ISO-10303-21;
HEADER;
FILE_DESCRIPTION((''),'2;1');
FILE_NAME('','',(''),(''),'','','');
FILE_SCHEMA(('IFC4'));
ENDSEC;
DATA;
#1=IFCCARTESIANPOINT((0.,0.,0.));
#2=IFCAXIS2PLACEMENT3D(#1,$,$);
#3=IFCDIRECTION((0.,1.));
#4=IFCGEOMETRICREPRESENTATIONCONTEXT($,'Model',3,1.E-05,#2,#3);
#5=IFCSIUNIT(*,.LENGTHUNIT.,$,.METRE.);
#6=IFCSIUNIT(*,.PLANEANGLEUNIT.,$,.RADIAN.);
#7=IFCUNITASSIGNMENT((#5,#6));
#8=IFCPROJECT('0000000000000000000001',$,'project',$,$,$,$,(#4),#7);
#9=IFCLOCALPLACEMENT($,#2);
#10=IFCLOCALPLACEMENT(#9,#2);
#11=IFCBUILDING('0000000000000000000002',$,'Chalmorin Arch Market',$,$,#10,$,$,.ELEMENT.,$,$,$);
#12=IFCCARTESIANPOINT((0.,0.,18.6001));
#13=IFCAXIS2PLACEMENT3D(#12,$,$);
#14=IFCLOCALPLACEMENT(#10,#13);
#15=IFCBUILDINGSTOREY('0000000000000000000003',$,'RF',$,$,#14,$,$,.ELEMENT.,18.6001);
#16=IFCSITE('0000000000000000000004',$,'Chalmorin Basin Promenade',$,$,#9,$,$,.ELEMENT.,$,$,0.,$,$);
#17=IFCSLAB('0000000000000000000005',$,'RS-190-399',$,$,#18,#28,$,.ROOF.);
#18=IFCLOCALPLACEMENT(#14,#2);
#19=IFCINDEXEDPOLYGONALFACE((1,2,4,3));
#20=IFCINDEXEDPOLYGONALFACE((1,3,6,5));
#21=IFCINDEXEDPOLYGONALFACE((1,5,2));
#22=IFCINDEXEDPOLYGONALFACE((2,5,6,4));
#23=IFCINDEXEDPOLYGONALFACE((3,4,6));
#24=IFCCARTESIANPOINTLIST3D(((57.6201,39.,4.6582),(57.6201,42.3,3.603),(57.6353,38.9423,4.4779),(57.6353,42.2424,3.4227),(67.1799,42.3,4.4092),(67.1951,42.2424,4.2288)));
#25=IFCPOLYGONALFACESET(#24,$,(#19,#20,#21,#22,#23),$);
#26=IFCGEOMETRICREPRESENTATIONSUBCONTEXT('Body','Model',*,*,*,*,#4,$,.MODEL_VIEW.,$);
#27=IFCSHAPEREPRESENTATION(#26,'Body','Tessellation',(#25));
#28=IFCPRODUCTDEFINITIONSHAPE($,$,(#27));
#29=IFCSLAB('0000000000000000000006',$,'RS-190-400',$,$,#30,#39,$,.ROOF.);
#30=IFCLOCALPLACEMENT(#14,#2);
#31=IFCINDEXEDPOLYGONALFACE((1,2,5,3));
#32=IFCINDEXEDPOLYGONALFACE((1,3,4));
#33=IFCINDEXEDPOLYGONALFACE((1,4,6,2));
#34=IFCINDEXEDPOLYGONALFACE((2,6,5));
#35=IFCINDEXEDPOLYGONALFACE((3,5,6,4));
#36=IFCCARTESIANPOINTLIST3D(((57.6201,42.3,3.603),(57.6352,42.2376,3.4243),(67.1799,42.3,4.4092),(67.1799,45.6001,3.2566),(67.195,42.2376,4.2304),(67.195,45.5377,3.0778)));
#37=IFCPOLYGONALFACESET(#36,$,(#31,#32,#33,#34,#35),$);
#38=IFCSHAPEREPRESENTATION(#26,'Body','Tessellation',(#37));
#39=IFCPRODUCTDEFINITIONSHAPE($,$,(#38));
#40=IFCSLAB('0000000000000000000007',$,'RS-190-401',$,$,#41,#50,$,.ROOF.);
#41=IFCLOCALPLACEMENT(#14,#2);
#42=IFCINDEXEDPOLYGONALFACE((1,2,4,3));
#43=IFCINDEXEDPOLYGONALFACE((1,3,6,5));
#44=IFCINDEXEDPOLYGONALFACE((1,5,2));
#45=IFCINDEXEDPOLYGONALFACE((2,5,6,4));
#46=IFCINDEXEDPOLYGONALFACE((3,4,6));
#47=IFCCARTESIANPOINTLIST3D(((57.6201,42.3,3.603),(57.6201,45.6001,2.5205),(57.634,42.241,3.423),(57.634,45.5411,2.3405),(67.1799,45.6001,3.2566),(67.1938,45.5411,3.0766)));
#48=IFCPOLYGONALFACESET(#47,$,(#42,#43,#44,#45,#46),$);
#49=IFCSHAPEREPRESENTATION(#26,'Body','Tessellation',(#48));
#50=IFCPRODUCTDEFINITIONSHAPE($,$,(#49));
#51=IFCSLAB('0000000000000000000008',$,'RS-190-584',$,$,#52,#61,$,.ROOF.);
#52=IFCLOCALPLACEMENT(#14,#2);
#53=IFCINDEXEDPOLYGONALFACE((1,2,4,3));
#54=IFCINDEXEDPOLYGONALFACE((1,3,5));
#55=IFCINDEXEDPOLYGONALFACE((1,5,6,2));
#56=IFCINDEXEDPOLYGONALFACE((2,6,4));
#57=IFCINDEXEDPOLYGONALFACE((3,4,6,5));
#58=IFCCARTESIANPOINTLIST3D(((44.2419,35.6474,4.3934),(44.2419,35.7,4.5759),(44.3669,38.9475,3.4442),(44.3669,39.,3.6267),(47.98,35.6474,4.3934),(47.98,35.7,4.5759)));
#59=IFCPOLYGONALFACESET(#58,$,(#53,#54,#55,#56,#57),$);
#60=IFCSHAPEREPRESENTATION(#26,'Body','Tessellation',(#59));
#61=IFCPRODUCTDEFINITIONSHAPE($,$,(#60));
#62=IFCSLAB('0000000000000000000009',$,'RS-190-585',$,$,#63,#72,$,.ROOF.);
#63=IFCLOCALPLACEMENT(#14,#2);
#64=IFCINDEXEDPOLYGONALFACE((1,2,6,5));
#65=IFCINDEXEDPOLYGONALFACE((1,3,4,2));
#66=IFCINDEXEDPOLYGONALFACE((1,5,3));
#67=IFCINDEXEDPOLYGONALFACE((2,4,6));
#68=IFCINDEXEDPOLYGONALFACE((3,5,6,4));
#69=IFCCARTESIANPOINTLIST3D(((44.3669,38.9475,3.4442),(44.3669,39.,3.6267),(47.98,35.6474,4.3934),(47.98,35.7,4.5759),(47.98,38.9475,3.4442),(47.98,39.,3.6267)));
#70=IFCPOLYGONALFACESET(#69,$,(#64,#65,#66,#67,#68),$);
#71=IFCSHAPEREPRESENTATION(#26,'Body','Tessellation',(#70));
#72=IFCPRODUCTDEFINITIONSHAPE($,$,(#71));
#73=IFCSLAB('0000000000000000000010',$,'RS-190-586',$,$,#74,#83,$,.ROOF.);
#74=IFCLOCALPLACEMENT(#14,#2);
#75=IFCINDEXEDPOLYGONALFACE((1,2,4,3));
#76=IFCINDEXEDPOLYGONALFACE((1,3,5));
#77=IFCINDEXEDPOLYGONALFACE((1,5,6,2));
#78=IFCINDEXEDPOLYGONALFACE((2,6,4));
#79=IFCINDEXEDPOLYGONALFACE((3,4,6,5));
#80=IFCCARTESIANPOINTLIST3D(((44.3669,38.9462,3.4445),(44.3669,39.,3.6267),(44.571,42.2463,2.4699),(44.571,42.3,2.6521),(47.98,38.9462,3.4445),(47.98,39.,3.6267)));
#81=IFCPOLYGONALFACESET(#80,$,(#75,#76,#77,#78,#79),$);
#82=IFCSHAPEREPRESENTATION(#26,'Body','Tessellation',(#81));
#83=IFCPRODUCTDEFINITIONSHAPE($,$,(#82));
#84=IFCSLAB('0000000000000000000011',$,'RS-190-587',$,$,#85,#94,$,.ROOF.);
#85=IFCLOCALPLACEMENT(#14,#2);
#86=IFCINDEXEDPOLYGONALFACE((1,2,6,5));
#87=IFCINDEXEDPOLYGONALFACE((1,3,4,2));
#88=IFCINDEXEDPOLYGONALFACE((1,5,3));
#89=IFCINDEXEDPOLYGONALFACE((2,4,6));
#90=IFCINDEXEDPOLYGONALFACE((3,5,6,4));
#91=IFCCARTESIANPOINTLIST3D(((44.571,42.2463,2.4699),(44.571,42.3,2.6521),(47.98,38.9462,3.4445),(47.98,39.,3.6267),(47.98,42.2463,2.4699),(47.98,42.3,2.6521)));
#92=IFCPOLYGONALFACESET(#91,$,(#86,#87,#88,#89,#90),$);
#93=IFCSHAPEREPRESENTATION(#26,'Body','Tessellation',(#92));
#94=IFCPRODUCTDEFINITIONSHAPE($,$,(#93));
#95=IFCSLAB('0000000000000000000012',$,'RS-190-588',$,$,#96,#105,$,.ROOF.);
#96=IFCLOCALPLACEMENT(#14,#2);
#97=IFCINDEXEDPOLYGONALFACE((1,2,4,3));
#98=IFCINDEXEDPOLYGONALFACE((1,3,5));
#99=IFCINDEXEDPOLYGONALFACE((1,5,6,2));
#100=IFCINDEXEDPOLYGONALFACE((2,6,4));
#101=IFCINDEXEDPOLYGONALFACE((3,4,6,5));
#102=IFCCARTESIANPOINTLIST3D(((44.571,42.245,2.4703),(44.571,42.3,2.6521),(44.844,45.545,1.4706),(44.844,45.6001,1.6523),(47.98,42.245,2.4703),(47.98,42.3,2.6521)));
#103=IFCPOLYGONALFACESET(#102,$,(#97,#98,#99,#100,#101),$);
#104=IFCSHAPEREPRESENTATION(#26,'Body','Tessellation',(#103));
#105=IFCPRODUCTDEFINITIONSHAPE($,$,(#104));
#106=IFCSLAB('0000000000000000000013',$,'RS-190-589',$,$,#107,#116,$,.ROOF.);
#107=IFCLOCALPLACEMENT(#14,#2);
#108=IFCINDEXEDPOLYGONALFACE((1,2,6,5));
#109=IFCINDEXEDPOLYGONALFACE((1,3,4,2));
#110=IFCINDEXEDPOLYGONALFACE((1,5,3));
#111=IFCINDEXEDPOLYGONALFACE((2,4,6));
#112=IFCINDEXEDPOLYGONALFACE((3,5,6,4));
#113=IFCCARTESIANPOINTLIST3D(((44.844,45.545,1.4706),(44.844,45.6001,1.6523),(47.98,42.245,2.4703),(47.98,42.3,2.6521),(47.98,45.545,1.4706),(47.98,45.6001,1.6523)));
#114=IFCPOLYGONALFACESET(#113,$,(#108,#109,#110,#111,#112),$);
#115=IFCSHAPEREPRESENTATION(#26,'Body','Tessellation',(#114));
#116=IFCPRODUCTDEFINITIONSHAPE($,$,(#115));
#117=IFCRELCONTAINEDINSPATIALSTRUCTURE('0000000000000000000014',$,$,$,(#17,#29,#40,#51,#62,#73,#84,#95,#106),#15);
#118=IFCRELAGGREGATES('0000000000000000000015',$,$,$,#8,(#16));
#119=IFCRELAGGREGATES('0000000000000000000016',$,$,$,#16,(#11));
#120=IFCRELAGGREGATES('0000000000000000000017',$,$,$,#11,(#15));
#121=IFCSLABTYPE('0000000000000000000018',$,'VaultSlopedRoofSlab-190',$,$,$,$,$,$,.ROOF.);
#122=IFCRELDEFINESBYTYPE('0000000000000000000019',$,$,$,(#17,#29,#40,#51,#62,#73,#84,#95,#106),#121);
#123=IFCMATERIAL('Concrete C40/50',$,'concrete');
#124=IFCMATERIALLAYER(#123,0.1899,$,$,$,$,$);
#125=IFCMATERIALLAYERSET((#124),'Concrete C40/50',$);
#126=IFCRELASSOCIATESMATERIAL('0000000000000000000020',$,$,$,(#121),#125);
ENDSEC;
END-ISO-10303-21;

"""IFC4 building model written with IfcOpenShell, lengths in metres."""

from ifc_helpers import new_model, si_unit, direction, frame, origin, place, context, subcontext, project, spatial, polyline, outline, extrude, material, layer, layer_set, type_object, element, save


model = new_model("IFC4")

# Units and contexts
model_context = context("Model", 3, precision=1e-05, world=origin(), true_north=direction((0.0, 1.0)))
body_context = subcontext(model_context, "Body", "Model", "MODEL_VIEW")
ifc_project = project(units=[si_unit("LENGTHUNIT", "METRE"), si_unit("PLANEANGLEUNIT", "RADIAN")], contexts=[model_context])

# Site, building, storey
site_placement = place(None, origin())
site = spatial("IfcSite", under=ifc_project, at=site_placement, Name="Chalmorin Basin Promenade", CompositionType="ELEMENT", RefElevation=0.0)
building_placement = place(site_placement, origin())
building = spatial("IfcBuilding", under=site, at=building_placement, Name="Chalmorin Arch Market", CompositionType="ELEMENT")
storey_placement = place(building_placement, frame((0.0, 0.0, 18.6001)))
storey = spatial("IfcBuildingStorey", under=building, at=storey_placement, Name="RF", CompositionType="ELEMENT", Elevation=18.6001)

# Slabs
ifc_material_1 = material(Name="Concrete C40/50", Category="concrete")
ifc_layer = layer(ifc_material_1, 0.1899)
ifc_layer_set = layer_set([ifc_layer], Name="Concrete C40/50")
slab_type = type_object("IfcSlabType", Name="VaultSlopedRoofSlab-190", PredefinedType="ROOF", material=ifc_layer_set)
slab_1_placement = place(storey_placement, frame((57.6201, 39.0, 4.6582), z_axis=(-0.080063, 0.303578, 0.949437), x_axis=(0.944978, 0.326206, -0.024616)))
element("IfcSlab", 1, at=slab_1_placement, inside=storey, type_object=slab_type, Name="RS-190-399", PredefinedType="ROOF", context=body_context, shape_type="SweptSolid", body=[
    extrude(outline(polyline([(0.0, 0.0), (10.1164, 0.0), (1.1025, 3.2846), (0.0, 0.0)])), origin(), (0.0, 0.0, -1.0), 0.1899),
])
slab_2_placement = place(storey_placement, frame((57.6201, 42.3, 3.603), z_axis=(-0.07936, 0.328691, 0.941097), x_axis=(0.996463, 0.0, 0.084029)))
element("IfcSlab", 2, at=slab_2_placement, inside=storey, type_object=slab_type, Name="RS-190-400", PredefinedType="ROOF", context=body_context, shape_type="SweptSolid", body=[
    extrude(outline(polyline([(0.0, 0.0), (9.5937, 0.0), (9.4969, 3.4942), (0.0, 0.0)])), origin(), (0.0, 0.0, -1.0), 0.1899),
])
slab_3_placement = place(storey_placement, frame((57.6201, 42.3, 3.603), z_axis=(-0.072967, 0.310859, 0.947651), x_axis=(0.94471, 0.326114, -0.034235)))
element("IfcSlab", 3, at=slab_3_placement, inside=storey, type_object=slab_type, Name="RS-190-401", PredefinedType="ROOF", context=body_context, shape_type="SweptSolid", body=[
    extrude(outline(polyline([(0.0, 0.0), (10.1193, 0.0), (1.1133, 3.2898), (0.0, 0.0)])), origin(), (0.0, 0.0, -1.0), 0.1899),
])
slab_4_placement = place(storey_placement, frame((44.3669, 39.0, 3.6267), z_axis=(0.0, 0.27643, 0.961034), x_axis=(-0.036378, -0.960398, 0.276247)))
element("IfcSlab", 4, at=slab_4_placement, inside=storey, type_object=slab_type, Name="RS-190-584", PredefinedType="ROOF", context=body_context, shape_type="SweptSolid", body=[
    extrude(outline(polyline([(0.0, 0.0), (3.4361, 0.0), (3.3001, 3.7356), (0.0, 0.0)])), origin(), (0.0, 0.0, -1.0), 0.1899),
])
slab_5_placement = place(storey_placement, frame((47.98, 39.0, 3.6267), z_axis=(0.0, 0.27643, 0.961034), x_axis=(-1.0, 0.0, 0.0)))
element("IfcSlab", 5, at=slab_5_placement, inside=storey, type_object=slab_type, Name="RS-190-585", PredefinedType="ROOF", context=body_context, shape_type="SweptSolid", body=[
    extrude(outline(polyline([(0.0, 0.0), (3.613, 0.0), (0.0, 3.4339), (0.0, 0.0)])), origin(), (0.0, 0.0, -1.0), 0.1899),
])
slab_6_placement = place(storey_placement, frame((44.571, 42.3, 2.6521), z_axis=(0.0, 0.283238, 0.95905), x_axis=(-0.059211, -0.957367, 0.282741)))
element("IfcSlab", 6, at=slab_6_placement, inside=storey, type_object=slab_type, Name="RS-190-586", PredefinedType="ROOF", context=body_context, shape_type="SweptSolid", body=[
    extrude(outline(polyline([(0.0, 0.0), (3.447, 0.0), (3.2331, 3.6067), (0.0, 0.0)])), origin(), (0.0, 0.0, -1.0), 0.1899),
])
slab_7_placement = place(storey_placement, frame((47.98, 42.3, 2.6521), z_axis=(0.0, 0.283238, 0.95905), x_axis=(-1.0, 0.0, 0.0)))
element("IfcSlab", 7, at=slab_7_placement, inside=storey, type_object=slab_type, Name="RS-190-587", PredefinedType="ROOF", context=body_context, shape_type="SweptSolid", body=[
    extrude(outline(polyline([(0.0, 0.0), (3.4089, 0.0), (0.0, 3.441), (0.0, 0.0)])), origin(), (0.0, 0.0, -1.0), 0.1899),
])
slab_8_placement = place(storey_placement, frame((44.844, 45.6001, 1.6523), z_axis=(0.0, 0.289939, 0.957045), x_axis=(-0.078911, -0.954061, 0.289034)))
element("IfcSlab", 8, at=slab_8_placement, inside=storey, type_object=slab_type, Name="RS-190-588", PredefinedType="ROOF", context=body_context, shape_type="SweptSolid", body=[
    extrude(outline(polyline([(0.0, 0.0), (3.459, 0.0), (3.1899, 3.3983), (0.0, 0.0)])), origin(), (0.0, 0.0, -1.0), 0.1899),
])
slab_9_placement = place(storey_placement, frame((47.98, 45.6001, 1.6523), z_axis=(0.0, 0.289939, 0.957045), x_axis=(-1.0, 0.0, 0.0)))
element("IfcSlab", 9, at=slab_9_placement, inside=storey, type_object=slab_type, Name="RS-190-589", PredefinedType="ROOF", context=body_context, shape_type="SweptSolid", body=[
    extrude(outline(polyline([(0.0, 0.0), (3.136, 0.0), (0.0, 3.4482), (0.0, 0.0)])), origin(), (0.0, 0.0, -1.0), 0.1899),
])

save(model, "model.ifc")
